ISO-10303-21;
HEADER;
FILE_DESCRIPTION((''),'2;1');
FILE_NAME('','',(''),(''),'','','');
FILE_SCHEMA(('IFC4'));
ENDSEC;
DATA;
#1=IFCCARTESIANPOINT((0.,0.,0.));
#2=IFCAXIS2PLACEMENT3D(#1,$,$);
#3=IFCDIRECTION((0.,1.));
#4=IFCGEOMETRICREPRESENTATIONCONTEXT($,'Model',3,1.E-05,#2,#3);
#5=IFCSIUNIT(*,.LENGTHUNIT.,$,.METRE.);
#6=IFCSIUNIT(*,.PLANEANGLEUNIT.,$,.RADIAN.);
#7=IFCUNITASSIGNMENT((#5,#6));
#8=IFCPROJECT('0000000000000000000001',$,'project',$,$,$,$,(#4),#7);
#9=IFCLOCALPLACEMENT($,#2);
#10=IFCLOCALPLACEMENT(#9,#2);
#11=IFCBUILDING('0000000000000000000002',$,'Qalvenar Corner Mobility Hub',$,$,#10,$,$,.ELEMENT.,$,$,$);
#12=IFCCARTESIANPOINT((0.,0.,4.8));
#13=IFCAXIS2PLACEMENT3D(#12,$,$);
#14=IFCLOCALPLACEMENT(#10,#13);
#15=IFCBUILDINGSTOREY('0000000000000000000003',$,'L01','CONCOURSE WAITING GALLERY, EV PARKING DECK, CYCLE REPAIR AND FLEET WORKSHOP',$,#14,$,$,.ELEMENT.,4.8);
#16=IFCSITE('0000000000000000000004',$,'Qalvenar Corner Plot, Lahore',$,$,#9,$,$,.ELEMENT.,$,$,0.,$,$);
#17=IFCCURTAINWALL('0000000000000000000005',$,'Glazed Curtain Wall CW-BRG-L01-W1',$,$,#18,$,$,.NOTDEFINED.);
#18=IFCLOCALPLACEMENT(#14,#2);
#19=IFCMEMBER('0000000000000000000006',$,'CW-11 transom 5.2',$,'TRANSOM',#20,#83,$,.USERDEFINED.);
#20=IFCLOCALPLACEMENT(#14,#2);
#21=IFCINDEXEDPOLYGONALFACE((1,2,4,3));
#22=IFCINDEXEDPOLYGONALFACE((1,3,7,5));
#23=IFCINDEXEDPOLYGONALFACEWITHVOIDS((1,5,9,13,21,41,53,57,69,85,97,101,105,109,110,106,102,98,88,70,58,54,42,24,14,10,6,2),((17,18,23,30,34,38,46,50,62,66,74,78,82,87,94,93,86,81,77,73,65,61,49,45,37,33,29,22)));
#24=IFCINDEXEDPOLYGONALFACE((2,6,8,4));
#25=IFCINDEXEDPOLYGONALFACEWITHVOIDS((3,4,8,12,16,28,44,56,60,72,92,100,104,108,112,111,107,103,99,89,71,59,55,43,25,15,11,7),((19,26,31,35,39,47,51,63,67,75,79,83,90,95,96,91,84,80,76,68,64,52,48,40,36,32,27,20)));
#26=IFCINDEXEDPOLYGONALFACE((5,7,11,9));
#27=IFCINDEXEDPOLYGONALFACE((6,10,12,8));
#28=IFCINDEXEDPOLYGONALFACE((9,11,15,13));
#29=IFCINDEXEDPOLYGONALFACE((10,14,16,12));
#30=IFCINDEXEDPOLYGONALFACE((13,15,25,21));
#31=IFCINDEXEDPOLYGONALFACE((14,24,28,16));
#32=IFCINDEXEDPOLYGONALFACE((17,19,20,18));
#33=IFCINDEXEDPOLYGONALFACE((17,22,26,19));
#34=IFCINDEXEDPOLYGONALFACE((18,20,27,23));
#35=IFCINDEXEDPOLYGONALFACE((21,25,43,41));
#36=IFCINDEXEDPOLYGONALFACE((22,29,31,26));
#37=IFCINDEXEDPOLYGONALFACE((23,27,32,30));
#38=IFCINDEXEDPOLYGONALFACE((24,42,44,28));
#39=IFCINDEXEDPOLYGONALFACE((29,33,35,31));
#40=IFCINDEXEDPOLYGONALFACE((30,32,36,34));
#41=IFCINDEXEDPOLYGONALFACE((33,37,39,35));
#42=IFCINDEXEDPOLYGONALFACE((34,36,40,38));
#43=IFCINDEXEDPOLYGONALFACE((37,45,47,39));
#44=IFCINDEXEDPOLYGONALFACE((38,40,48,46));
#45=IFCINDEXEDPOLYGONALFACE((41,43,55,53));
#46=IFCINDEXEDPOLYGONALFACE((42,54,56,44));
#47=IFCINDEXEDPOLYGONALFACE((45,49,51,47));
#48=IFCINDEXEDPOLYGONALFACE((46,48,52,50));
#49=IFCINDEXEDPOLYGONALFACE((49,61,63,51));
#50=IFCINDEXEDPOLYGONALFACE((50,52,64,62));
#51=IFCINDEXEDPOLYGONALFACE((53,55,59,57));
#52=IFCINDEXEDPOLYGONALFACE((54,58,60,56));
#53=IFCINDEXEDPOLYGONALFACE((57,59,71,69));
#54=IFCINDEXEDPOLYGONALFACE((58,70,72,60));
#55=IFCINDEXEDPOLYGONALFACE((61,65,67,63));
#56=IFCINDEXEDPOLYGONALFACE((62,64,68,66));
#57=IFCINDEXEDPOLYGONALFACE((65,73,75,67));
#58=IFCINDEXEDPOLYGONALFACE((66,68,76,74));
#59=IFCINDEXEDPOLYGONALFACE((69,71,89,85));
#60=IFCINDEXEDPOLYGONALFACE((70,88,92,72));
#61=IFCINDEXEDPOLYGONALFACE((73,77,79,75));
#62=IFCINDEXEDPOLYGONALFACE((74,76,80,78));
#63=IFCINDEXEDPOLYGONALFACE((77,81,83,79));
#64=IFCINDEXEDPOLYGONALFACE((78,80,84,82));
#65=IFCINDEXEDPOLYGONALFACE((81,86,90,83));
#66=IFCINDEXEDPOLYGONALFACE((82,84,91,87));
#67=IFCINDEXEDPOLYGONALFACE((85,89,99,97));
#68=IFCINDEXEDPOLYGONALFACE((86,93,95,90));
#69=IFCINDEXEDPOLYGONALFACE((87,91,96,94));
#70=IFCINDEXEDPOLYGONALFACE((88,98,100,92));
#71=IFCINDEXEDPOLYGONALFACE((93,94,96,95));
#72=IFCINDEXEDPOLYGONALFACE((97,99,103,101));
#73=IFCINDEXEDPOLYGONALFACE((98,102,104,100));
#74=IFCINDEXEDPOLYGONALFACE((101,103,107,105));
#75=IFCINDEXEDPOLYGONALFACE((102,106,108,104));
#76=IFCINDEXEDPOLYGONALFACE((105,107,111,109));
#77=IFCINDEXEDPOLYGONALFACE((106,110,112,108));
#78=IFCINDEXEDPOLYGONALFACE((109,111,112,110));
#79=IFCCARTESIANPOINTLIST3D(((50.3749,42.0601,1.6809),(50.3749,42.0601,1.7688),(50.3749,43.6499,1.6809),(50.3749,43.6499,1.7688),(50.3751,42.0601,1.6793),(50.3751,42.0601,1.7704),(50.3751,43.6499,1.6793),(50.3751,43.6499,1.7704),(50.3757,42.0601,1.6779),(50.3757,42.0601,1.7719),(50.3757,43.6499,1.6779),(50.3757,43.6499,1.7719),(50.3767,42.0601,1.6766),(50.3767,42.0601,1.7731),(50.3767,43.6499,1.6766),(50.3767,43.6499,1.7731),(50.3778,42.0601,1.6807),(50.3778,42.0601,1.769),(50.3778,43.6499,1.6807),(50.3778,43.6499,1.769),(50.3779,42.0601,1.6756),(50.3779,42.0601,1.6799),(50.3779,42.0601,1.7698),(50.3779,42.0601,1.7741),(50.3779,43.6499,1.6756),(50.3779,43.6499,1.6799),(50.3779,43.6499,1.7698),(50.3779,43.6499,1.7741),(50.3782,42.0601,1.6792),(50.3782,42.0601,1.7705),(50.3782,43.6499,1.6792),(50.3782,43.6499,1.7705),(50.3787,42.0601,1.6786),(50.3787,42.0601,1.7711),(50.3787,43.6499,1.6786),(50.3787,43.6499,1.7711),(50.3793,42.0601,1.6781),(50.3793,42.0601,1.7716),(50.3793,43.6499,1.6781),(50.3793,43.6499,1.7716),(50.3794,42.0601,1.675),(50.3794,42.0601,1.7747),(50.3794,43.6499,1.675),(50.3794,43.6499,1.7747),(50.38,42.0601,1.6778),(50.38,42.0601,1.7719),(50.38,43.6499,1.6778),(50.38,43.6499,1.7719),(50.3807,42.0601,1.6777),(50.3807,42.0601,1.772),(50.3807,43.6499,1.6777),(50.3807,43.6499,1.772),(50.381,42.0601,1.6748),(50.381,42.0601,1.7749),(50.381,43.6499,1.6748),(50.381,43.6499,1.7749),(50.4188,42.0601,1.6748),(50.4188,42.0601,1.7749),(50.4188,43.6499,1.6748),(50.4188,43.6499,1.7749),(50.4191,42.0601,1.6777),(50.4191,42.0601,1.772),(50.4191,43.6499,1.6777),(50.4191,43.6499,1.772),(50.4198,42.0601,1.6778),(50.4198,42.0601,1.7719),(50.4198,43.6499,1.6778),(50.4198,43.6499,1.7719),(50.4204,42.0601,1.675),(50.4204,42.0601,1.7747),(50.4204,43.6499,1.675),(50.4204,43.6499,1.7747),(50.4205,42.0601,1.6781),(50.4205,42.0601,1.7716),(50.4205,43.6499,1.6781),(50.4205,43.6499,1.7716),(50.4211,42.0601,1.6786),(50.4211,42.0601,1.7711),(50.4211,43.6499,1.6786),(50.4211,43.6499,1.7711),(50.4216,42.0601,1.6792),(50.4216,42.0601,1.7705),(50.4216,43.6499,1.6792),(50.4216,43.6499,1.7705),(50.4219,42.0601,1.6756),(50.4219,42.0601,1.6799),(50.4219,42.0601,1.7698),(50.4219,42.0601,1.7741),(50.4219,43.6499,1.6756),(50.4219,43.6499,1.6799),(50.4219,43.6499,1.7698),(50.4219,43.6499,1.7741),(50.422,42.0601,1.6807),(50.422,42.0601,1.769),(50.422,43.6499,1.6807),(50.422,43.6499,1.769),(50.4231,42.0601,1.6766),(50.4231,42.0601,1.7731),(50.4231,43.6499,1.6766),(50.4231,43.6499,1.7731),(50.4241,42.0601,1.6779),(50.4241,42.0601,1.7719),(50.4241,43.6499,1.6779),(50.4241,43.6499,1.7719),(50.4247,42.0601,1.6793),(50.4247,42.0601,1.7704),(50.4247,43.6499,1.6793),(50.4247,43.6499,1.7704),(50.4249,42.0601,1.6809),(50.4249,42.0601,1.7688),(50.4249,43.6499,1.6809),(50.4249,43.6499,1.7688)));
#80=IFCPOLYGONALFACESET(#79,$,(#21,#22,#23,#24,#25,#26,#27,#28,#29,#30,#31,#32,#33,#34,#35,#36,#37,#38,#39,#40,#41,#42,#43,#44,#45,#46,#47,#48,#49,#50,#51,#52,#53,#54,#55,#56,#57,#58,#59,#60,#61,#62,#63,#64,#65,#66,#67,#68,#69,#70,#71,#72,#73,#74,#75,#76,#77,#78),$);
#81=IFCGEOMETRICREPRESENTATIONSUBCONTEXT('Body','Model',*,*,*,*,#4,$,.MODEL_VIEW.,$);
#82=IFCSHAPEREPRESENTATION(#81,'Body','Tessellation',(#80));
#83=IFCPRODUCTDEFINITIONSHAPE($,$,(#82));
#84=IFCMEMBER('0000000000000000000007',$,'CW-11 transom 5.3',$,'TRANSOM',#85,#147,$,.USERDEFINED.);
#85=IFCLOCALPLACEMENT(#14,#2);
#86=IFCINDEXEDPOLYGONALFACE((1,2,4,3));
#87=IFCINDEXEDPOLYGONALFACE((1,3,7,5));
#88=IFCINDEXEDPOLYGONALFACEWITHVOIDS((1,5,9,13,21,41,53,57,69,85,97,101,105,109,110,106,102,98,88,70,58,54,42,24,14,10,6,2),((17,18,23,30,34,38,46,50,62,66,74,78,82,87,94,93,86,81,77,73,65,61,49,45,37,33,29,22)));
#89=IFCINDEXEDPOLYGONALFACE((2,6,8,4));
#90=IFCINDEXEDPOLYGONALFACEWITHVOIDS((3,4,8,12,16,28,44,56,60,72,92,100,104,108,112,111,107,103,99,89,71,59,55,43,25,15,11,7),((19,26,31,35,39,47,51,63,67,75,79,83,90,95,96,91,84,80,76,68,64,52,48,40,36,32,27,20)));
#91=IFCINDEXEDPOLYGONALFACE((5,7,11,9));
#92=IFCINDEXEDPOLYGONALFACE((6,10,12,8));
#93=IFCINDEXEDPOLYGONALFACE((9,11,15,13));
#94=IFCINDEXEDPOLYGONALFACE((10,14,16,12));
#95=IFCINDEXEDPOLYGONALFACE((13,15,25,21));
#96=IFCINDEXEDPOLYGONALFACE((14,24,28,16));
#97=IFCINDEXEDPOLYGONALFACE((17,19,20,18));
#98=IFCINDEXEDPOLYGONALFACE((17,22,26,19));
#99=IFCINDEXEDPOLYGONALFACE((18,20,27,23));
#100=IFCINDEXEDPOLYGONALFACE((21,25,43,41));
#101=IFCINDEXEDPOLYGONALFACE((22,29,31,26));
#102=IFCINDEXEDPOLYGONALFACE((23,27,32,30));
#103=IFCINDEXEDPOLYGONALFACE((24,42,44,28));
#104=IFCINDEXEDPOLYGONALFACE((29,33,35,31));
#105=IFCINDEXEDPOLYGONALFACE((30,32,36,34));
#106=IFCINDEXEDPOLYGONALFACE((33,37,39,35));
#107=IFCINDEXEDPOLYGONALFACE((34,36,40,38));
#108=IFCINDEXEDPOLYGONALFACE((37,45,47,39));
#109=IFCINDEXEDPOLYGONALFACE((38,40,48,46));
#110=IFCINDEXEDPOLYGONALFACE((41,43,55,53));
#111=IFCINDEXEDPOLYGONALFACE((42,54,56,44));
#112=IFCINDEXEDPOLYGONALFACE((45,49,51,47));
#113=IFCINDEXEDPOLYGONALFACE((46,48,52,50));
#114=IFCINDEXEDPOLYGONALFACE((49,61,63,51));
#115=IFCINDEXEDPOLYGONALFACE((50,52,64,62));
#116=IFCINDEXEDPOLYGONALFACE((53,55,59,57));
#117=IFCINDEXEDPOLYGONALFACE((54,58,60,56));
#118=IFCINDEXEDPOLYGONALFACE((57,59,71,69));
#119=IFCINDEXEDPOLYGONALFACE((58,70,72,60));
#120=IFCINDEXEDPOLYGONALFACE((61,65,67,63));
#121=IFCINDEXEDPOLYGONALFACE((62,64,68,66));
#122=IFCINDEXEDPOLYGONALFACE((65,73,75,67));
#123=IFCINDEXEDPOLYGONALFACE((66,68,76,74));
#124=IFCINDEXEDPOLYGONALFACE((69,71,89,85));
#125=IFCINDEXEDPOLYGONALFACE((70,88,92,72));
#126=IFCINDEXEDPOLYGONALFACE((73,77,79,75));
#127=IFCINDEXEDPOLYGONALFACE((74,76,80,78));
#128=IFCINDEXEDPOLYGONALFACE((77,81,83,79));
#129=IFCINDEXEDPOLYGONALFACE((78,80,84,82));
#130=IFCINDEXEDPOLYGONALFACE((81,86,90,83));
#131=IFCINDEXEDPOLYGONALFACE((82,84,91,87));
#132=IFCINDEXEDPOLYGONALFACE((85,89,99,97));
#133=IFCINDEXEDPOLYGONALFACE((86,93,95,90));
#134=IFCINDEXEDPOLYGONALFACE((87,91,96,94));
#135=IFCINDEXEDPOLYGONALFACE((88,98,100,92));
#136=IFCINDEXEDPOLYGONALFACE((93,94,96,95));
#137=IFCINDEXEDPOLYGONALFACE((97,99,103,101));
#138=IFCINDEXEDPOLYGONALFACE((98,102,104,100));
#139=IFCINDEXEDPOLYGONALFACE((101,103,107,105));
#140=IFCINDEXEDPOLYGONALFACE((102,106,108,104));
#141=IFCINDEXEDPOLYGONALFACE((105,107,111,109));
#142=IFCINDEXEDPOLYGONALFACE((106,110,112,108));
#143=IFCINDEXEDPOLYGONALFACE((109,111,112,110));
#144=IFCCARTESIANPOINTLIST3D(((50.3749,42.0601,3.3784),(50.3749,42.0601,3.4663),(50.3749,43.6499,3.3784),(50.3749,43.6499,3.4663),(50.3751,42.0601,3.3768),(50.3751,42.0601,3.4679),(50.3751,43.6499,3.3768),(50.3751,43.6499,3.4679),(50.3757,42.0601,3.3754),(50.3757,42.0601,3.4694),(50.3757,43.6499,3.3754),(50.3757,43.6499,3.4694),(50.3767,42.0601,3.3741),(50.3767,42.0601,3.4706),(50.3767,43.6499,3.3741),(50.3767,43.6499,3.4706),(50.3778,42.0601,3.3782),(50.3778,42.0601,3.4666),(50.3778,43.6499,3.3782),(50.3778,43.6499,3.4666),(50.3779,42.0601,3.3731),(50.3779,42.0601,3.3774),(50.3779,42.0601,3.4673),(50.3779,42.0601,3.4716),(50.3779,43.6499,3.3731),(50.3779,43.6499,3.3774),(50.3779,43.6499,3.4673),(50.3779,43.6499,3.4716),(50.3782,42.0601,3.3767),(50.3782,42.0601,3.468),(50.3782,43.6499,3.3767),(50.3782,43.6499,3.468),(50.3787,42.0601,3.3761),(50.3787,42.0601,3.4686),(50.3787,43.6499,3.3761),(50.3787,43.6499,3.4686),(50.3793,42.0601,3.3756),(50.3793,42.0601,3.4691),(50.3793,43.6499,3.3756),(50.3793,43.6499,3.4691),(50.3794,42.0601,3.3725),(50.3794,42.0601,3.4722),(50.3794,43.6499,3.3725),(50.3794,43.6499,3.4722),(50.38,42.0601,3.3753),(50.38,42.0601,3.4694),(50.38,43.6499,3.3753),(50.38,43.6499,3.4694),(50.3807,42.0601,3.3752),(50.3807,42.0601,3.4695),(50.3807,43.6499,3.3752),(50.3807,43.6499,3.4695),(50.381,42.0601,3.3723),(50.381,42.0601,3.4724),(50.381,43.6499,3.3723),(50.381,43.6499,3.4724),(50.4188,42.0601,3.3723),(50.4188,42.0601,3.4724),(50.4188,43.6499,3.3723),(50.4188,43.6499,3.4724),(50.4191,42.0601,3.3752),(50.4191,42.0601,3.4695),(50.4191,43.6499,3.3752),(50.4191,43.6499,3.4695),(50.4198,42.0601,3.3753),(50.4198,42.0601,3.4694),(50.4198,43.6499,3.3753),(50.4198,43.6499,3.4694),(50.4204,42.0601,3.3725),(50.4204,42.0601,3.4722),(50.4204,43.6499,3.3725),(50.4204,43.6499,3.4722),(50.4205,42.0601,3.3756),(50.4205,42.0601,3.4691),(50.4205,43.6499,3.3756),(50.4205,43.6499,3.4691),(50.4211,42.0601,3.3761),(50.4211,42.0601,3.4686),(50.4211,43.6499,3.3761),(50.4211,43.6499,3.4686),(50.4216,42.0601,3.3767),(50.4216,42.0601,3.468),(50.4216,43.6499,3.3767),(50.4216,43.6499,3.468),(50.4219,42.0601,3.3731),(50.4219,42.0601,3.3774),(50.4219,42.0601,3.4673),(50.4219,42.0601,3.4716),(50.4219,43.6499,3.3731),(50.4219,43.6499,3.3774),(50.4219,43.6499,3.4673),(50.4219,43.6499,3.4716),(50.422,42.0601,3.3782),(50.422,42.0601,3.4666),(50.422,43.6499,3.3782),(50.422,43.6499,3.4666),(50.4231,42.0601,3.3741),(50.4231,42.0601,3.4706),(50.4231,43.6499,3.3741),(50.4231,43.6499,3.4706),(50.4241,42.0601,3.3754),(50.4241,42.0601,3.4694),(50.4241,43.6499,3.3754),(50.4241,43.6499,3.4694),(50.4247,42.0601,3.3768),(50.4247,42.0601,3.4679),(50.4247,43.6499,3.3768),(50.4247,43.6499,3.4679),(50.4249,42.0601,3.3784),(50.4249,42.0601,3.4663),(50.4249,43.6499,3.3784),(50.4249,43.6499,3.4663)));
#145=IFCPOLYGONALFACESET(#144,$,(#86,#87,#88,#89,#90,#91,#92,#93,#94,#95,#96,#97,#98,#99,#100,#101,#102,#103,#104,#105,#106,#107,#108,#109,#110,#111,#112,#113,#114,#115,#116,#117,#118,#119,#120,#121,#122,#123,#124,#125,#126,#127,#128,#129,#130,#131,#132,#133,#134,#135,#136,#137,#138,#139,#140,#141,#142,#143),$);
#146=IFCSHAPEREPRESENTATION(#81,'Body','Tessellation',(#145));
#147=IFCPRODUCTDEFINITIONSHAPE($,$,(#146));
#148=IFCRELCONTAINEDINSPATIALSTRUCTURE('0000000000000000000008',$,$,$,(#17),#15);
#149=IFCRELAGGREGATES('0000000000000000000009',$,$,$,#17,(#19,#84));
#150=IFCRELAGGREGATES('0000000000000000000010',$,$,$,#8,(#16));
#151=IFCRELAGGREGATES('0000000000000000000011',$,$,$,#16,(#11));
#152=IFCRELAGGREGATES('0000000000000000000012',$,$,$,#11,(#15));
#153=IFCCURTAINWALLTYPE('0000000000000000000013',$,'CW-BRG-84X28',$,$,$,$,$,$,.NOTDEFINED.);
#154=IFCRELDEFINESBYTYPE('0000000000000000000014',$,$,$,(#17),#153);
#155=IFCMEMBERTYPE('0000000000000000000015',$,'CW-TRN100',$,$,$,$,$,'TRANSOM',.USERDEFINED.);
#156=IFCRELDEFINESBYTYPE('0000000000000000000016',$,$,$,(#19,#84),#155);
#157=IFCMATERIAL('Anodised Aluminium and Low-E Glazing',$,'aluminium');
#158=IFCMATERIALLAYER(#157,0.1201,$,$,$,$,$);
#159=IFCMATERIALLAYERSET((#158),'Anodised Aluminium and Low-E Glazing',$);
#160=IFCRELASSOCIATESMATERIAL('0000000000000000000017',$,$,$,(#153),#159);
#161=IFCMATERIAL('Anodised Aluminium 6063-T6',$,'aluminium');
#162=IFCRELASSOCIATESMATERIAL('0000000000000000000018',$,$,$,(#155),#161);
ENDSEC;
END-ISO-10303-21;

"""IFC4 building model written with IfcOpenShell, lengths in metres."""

from ifc_helpers import new_model, si_unit, direction, frame, origin, origin_2d, place, context, subcontext, project, spatial, hollow_rectangle, extrude, material, layer, layer_set, material_profile, profile_set, type_object, element, aggregate, save


model = new_model("IFC4")

# Units and contexts
model_context = context("Model", 3, precision=1e-05, world=origin(), true_north=direction((0.0, 1.0)))
body_context = subcontext(model_context, "Body", "Model", "MODEL_VIEW")
ifc_project = project(units=[si_unit("LENGTHUNIT", "METRE"), si_unit("PLANEANGLEUNIT", "RADIAN")], contexts=[model_context])

# Site, building, storey
site_placement = place(None, origin())
site = spatial("IfcSite", under=ifc_project, at=site_placement, Name="Qalvenar Corner Plot, Lahore", CompositionType="ELEMENT", RefElevation=0.0)
building_placement = place(site_placement, origin())
building = spatial("IfcBuilding", under=site, at=building_placement, Name="Qalvenar Corner Mobility Hub", CompositionType="ELEMENT")
storey_placement = place(building_placement, frame((0.0, 0.0, 4.8)))
storey = spatial("IfcBuildingStorey", under=building, at=storey_placement, Name="L01", Description="CONCOURSE WAITING GALLERY, EV PARKING DECK, CYCLE REPAIR AND FLEET WORKSHOP", CompositionType="ELEMENT", Elevation=4.8)

# Curtain wall
ifc_material_1 = material(Name="Anodised Aluminium and Low-E Glazing", Category="aluminium")
ifc_layer_1 = layer(ifc_material_1, 0.1201)
ifc_layer_set_1 = layer_set([ifc_layer_1], Name="Anodised Aluminium and Low-E Glazing")
curtain_wall_type_1 = type_object("IfcCurtainWallType", Name="CW-BRG-84X28", PredefinedType="NOTDEFINED", material=ifc_layer_set_1)
curtain_wall_1_placement = place(storey_placement, origin())
curtain_wall_1 = element("IfcCurtainWall", 1, at=curtain_wall_1_placement, inside=storey, type_object=curtain_wall_type_1, Name="Glazed Curtain Wall CW-BRG-L01-W1", PredefinedType="NOTDEFINED")
ifc_material_2 = material(Name="Anodised Aluminium 6063-T6", Category="aluminium")

# Members
ifc_material_profile_1 = material_profile(ifc_material_2, hollow_rectangle(XDim=0.05, YDim=0.1001, WallThickness=0.0029, InnerFilletRadius=0.0029, OuterFilletRadius=0.0061, at=origin_2d()), Name="RHS100x50x3")
ifc_profile_set_1 = profile_set([ifc_material_profile_1], Name="Anodised Aluminium 6063-T6")
member_type_1 = type_object("IfcMemberType", Name="CW-TRN100", ElementType="TRANSOM", PredefinedType="USERDEFINED", material=ifc_profile_set_1)
member_1_placement = place(storey_placement, frame((50.3999, 43.6499, 1.7249), z_axis=(0.0, -1.0, 0.0), x_axis=(1.0, 0.0, 0.0)))
member_1 = element("IfcMember", 2, at=member_1_placement, type_object=member_type_1, Name="CW-11 transom 5.2", ObjectType="TRANSOM", PredefinedType="USERDEFINED", context=body_context, shape_type="SweptSolid", body=[
    extrude(hollow_rectangle(XDim=0.05, YDim=0.1001, WallThickness=0.0029, InnerFilletRadius=0.0029, OuterFilletRadius=0.0061, at=origin_2d()), origin(), (0.0, 0.0, 1.0), 1.5898),
])
member_2_placement = place(storey_placement, frame((50.3999, 43.6499, 3.4224), z_axis=(0.0, -1.0, 0.0), x_axis=(1.0, 0.0, 0.0)))
member_2 = element("IfcMember", 3, at=member_2_placement, type_object=member_type_1, Name="CW-11 transom 5.3", ObjectType="TRANSOM", PredefinedType="USERDEFINED", context=body_context, shape_type="SweptSolid", body=[
    extrude(hollow_rectangle(XDim=0.05, YDim=0.1001, WallThickness=0.0029, InnerFilletRadius=0.0029, OuterFilletRadius=0.0061, at=origin_2d()), origin(), (0.0, 0.0, 1.0), 1.5898),
])

aggregate(curtain_wall_1, [member_1, member_2])

save(model, "model.ifc")
